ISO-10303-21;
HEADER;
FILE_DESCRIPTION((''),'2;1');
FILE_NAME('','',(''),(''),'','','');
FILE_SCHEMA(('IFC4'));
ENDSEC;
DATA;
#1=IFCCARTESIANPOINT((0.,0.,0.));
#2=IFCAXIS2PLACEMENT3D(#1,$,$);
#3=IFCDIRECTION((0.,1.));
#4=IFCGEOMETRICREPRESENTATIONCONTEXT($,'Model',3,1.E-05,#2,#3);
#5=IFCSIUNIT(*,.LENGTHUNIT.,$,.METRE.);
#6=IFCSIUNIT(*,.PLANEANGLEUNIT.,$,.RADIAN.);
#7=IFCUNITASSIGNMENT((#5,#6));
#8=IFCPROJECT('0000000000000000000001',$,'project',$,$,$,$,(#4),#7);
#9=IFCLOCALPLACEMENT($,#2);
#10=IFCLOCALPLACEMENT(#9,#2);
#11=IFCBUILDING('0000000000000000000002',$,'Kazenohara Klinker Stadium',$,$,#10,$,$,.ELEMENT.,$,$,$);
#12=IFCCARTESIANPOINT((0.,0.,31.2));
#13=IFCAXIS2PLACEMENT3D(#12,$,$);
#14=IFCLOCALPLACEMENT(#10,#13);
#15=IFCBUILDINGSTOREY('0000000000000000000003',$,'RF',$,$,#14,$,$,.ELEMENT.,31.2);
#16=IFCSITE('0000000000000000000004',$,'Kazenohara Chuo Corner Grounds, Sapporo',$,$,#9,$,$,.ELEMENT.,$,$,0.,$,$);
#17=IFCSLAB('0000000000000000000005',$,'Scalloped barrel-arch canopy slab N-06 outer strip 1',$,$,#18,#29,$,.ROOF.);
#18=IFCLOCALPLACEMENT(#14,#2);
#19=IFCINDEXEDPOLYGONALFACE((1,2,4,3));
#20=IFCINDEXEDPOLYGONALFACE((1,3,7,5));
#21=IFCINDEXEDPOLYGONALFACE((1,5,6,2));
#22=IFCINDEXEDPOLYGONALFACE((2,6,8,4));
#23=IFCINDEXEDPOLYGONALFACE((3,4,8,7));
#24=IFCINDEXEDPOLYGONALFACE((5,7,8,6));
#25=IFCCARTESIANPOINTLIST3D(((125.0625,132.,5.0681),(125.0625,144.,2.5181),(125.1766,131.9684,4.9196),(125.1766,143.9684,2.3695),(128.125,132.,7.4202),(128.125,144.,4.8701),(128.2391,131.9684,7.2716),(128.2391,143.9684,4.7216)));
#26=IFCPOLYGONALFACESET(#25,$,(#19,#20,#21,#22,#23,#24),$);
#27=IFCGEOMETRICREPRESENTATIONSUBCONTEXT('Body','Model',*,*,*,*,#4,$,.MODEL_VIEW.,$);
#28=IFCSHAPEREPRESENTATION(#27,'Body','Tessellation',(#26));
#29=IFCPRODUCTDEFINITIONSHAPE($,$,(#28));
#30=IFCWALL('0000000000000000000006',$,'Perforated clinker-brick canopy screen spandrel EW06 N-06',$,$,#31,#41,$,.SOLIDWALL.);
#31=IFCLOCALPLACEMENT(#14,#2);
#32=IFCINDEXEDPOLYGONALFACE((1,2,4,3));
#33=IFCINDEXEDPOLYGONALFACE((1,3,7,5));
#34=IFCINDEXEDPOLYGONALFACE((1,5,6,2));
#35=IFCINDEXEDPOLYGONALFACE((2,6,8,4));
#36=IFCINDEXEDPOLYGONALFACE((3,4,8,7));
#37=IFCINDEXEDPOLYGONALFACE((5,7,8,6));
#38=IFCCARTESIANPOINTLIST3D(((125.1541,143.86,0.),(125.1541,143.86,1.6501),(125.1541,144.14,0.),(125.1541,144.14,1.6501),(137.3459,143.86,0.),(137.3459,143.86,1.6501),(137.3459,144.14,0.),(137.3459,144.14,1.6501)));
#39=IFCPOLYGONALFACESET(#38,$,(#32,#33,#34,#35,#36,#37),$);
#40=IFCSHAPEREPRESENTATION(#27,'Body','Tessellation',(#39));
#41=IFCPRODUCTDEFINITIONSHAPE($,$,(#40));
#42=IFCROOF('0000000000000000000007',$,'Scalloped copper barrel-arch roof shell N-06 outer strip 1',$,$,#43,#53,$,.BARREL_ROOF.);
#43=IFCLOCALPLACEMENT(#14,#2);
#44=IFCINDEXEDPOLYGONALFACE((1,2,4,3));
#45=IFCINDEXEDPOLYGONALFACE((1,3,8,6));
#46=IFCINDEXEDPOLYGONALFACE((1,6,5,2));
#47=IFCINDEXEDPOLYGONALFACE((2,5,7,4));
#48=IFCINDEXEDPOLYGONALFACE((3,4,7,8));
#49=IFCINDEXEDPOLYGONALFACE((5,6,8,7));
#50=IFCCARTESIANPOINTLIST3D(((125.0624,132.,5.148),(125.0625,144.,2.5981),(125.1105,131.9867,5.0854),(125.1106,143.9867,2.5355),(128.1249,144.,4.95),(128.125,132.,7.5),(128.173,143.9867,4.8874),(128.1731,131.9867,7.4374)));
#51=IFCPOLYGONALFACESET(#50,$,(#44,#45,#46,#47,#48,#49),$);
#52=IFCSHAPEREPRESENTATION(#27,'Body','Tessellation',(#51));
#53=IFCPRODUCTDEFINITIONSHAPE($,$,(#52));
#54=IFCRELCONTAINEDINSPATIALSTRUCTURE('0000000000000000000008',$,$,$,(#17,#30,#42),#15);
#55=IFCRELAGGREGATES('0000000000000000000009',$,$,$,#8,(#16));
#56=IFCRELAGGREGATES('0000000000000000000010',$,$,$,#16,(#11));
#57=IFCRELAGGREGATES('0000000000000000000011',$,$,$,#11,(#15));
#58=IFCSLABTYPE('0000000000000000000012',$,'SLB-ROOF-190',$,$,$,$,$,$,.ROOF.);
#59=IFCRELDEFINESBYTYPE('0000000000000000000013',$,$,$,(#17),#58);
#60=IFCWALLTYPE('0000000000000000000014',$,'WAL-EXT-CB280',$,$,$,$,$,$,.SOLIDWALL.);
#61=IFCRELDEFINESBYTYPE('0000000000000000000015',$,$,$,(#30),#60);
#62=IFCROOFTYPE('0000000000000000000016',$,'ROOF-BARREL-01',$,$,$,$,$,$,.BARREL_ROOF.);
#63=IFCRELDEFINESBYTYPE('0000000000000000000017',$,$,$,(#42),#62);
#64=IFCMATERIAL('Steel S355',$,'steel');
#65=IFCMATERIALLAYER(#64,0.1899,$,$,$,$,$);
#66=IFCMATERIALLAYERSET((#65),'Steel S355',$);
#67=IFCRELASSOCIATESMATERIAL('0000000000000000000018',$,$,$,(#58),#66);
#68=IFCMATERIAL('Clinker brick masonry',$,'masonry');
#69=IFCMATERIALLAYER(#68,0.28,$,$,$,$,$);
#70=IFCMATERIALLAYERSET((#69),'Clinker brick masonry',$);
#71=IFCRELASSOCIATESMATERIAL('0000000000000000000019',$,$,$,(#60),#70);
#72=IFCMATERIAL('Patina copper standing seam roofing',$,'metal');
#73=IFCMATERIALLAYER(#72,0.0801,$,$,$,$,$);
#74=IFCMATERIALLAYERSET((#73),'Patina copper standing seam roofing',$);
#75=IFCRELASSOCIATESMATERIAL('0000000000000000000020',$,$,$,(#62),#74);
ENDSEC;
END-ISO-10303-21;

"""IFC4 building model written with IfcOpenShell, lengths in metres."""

from ifc_helpers import new_model, si_unit, direction, frame, frame_2d, origin, place, context, subcontext, project, spatial, polyline, rectangle, outline, extrude, material, layer, layer_set, type_object, element, save


model = new_model("IFC4")

# Units and contexts
model_context = context("Model", 3, precision=1e-05, world=origin(), true_north=direction((0.0, 1.0)))
body_context = subcontext(model_context, "Body", "Model", "MODEL_VIEW")
ifc_project = project(units=[si_unit("LENGTHUNIT", "METRE"), si_unit("PLANEANGLEUNIT", "RADIAN")], contexts=[model_context])

# Site, building, storey
site_placement = place(None, origin())
site = spatial("IfcSite", under=ifc_project, at=site_placement, Name="Kazenohara Chuo Corner Grounds, Sapporo", CompositionType="ELEMENT", RefElevation=0.0)
building_placement = place(site_placement, origin())
building = spatial("IfcBuilding", under=site, at=building_placement, Name="Kazenohara Klinker Stadium", CompositionType="ELEMENT")
storey_placement = place(building_placement, frame((0.0, 0.0, 31.2)))
storey = spatial("IfcBuildingStorey", under=building, at=storey_placement, Name="RF", CompositionType="ELEMENT", Elevation=31.2)

# Shared definitions
ifc_material_1 = material(Name="Steel S355", Category="steel")

# Slab
ifc_layer_1 = layer(ifc_material_1, 0.1899)
ifc_layer_set_1 = layer_set([ifc_layer_1], Name="Steel S355")
slab_type = type_object("IfcSlabType", Name="SLB-ROOF-190", PredefinedType="ROOF", material=ifc_layer_set_1)
slab_placement = place(storey_placement, frame((125.0625, 144.0, 2.5181), z_axis=(-0.600635, 0.166191, 0.78206), x_axis=(0.0, -0.978158, 0.207863)))
element("IfcSlab", 1, at=slab_placement, inside=storey, type_object=slab_type, Name="Scalloped barrel-arch canopy slab N-06 outer strip 1", PredefinedType="ROOF", context=body_context, shape_type="SweptSolid", body=[
    extrude(outline(polyline([(0.0, 0.0), (12.268, 0.0), (12.7569, 3.8304), (0.4889, 3.8304), (0.0, 0.0)])), origin(), (0.0, 0.0, -1.0), 0.1899),
])

# Wall
ifc_material_2 = material(Name="Clinker brick masonry", Category="masonry")
ifc_layer_2 = layer(ifc_material_2, 0.28)
ifc_layer_set_2 = layer_set([ifc_layer_2], Name="Clinker brick masonry")
wall_type = type_object("IfcWallType", Name="WAL-EXT-CB280", PredefinedType="SOLIDWALL", material=ifc_layer_set_2)
wall_placement = place(storey_placement, frame((125.1541, 144.0, 0.0), z_axis=(0.0, 0.0, 1.0), x_axis=(1.0, 0.0, 0.0)))
element("IfcWall", 2, at=wall_placement, inside=storey, type_object=wall_type, Name="Perforated clinker-brick canopy screen spandrel EW06 N-06", PredefinedType="SOLIDWALL", context=body_context, shape_type="SweptSolid", body=[
    extrude(rectangle(XDim=12.1919, YDim=0.28, at=frame_2d((6.0959, 0.0))), origin(), (0.0, 0.0, 1.0), 1.6501),
])

# Roof
ifc_material_3 = material(Name="Patina copper standing seam roofing", Category="metal")
ifc_layer_3 = layer(ifc_material_3, 0.0801)
ifc_layer_set_3 = layer_set([ifc_layer_3], Name="Patina copper standing seam roofing")
roof_type = type_object("IfcRoofType", Name="ROOF-BARREL-01", PredefinedType="BARREL_ROOF", material=ifc_layer_set_3)
roof_placement = place(storey_placement, frame((125.0625, 144.0, 2.5981), z_axis=(-0.600616, 0.166186, 0.782076), x_axis=(-0.000005, -0.978161, 0.20785)))
element("IfcRoof", 3, at=roof_placement, inside=storey, type_object=roof_type, Name="Scalloped copper barrel-arch roof shell N-06 outer strip 1", PredefinedType="BARREL_ROOF", context=body_context, shape_type="SweptSolid", body=[
    extrude(outline(polyline([(0.0, 0.0), (12.2679, 0.0), (12.7568, 3.8304), (0.4888, 3.8303), (0.0, 0.0)])), origin(), (0.0, 0.0, -1.0), 0.0801),
])

save(model, "model.ifc")
